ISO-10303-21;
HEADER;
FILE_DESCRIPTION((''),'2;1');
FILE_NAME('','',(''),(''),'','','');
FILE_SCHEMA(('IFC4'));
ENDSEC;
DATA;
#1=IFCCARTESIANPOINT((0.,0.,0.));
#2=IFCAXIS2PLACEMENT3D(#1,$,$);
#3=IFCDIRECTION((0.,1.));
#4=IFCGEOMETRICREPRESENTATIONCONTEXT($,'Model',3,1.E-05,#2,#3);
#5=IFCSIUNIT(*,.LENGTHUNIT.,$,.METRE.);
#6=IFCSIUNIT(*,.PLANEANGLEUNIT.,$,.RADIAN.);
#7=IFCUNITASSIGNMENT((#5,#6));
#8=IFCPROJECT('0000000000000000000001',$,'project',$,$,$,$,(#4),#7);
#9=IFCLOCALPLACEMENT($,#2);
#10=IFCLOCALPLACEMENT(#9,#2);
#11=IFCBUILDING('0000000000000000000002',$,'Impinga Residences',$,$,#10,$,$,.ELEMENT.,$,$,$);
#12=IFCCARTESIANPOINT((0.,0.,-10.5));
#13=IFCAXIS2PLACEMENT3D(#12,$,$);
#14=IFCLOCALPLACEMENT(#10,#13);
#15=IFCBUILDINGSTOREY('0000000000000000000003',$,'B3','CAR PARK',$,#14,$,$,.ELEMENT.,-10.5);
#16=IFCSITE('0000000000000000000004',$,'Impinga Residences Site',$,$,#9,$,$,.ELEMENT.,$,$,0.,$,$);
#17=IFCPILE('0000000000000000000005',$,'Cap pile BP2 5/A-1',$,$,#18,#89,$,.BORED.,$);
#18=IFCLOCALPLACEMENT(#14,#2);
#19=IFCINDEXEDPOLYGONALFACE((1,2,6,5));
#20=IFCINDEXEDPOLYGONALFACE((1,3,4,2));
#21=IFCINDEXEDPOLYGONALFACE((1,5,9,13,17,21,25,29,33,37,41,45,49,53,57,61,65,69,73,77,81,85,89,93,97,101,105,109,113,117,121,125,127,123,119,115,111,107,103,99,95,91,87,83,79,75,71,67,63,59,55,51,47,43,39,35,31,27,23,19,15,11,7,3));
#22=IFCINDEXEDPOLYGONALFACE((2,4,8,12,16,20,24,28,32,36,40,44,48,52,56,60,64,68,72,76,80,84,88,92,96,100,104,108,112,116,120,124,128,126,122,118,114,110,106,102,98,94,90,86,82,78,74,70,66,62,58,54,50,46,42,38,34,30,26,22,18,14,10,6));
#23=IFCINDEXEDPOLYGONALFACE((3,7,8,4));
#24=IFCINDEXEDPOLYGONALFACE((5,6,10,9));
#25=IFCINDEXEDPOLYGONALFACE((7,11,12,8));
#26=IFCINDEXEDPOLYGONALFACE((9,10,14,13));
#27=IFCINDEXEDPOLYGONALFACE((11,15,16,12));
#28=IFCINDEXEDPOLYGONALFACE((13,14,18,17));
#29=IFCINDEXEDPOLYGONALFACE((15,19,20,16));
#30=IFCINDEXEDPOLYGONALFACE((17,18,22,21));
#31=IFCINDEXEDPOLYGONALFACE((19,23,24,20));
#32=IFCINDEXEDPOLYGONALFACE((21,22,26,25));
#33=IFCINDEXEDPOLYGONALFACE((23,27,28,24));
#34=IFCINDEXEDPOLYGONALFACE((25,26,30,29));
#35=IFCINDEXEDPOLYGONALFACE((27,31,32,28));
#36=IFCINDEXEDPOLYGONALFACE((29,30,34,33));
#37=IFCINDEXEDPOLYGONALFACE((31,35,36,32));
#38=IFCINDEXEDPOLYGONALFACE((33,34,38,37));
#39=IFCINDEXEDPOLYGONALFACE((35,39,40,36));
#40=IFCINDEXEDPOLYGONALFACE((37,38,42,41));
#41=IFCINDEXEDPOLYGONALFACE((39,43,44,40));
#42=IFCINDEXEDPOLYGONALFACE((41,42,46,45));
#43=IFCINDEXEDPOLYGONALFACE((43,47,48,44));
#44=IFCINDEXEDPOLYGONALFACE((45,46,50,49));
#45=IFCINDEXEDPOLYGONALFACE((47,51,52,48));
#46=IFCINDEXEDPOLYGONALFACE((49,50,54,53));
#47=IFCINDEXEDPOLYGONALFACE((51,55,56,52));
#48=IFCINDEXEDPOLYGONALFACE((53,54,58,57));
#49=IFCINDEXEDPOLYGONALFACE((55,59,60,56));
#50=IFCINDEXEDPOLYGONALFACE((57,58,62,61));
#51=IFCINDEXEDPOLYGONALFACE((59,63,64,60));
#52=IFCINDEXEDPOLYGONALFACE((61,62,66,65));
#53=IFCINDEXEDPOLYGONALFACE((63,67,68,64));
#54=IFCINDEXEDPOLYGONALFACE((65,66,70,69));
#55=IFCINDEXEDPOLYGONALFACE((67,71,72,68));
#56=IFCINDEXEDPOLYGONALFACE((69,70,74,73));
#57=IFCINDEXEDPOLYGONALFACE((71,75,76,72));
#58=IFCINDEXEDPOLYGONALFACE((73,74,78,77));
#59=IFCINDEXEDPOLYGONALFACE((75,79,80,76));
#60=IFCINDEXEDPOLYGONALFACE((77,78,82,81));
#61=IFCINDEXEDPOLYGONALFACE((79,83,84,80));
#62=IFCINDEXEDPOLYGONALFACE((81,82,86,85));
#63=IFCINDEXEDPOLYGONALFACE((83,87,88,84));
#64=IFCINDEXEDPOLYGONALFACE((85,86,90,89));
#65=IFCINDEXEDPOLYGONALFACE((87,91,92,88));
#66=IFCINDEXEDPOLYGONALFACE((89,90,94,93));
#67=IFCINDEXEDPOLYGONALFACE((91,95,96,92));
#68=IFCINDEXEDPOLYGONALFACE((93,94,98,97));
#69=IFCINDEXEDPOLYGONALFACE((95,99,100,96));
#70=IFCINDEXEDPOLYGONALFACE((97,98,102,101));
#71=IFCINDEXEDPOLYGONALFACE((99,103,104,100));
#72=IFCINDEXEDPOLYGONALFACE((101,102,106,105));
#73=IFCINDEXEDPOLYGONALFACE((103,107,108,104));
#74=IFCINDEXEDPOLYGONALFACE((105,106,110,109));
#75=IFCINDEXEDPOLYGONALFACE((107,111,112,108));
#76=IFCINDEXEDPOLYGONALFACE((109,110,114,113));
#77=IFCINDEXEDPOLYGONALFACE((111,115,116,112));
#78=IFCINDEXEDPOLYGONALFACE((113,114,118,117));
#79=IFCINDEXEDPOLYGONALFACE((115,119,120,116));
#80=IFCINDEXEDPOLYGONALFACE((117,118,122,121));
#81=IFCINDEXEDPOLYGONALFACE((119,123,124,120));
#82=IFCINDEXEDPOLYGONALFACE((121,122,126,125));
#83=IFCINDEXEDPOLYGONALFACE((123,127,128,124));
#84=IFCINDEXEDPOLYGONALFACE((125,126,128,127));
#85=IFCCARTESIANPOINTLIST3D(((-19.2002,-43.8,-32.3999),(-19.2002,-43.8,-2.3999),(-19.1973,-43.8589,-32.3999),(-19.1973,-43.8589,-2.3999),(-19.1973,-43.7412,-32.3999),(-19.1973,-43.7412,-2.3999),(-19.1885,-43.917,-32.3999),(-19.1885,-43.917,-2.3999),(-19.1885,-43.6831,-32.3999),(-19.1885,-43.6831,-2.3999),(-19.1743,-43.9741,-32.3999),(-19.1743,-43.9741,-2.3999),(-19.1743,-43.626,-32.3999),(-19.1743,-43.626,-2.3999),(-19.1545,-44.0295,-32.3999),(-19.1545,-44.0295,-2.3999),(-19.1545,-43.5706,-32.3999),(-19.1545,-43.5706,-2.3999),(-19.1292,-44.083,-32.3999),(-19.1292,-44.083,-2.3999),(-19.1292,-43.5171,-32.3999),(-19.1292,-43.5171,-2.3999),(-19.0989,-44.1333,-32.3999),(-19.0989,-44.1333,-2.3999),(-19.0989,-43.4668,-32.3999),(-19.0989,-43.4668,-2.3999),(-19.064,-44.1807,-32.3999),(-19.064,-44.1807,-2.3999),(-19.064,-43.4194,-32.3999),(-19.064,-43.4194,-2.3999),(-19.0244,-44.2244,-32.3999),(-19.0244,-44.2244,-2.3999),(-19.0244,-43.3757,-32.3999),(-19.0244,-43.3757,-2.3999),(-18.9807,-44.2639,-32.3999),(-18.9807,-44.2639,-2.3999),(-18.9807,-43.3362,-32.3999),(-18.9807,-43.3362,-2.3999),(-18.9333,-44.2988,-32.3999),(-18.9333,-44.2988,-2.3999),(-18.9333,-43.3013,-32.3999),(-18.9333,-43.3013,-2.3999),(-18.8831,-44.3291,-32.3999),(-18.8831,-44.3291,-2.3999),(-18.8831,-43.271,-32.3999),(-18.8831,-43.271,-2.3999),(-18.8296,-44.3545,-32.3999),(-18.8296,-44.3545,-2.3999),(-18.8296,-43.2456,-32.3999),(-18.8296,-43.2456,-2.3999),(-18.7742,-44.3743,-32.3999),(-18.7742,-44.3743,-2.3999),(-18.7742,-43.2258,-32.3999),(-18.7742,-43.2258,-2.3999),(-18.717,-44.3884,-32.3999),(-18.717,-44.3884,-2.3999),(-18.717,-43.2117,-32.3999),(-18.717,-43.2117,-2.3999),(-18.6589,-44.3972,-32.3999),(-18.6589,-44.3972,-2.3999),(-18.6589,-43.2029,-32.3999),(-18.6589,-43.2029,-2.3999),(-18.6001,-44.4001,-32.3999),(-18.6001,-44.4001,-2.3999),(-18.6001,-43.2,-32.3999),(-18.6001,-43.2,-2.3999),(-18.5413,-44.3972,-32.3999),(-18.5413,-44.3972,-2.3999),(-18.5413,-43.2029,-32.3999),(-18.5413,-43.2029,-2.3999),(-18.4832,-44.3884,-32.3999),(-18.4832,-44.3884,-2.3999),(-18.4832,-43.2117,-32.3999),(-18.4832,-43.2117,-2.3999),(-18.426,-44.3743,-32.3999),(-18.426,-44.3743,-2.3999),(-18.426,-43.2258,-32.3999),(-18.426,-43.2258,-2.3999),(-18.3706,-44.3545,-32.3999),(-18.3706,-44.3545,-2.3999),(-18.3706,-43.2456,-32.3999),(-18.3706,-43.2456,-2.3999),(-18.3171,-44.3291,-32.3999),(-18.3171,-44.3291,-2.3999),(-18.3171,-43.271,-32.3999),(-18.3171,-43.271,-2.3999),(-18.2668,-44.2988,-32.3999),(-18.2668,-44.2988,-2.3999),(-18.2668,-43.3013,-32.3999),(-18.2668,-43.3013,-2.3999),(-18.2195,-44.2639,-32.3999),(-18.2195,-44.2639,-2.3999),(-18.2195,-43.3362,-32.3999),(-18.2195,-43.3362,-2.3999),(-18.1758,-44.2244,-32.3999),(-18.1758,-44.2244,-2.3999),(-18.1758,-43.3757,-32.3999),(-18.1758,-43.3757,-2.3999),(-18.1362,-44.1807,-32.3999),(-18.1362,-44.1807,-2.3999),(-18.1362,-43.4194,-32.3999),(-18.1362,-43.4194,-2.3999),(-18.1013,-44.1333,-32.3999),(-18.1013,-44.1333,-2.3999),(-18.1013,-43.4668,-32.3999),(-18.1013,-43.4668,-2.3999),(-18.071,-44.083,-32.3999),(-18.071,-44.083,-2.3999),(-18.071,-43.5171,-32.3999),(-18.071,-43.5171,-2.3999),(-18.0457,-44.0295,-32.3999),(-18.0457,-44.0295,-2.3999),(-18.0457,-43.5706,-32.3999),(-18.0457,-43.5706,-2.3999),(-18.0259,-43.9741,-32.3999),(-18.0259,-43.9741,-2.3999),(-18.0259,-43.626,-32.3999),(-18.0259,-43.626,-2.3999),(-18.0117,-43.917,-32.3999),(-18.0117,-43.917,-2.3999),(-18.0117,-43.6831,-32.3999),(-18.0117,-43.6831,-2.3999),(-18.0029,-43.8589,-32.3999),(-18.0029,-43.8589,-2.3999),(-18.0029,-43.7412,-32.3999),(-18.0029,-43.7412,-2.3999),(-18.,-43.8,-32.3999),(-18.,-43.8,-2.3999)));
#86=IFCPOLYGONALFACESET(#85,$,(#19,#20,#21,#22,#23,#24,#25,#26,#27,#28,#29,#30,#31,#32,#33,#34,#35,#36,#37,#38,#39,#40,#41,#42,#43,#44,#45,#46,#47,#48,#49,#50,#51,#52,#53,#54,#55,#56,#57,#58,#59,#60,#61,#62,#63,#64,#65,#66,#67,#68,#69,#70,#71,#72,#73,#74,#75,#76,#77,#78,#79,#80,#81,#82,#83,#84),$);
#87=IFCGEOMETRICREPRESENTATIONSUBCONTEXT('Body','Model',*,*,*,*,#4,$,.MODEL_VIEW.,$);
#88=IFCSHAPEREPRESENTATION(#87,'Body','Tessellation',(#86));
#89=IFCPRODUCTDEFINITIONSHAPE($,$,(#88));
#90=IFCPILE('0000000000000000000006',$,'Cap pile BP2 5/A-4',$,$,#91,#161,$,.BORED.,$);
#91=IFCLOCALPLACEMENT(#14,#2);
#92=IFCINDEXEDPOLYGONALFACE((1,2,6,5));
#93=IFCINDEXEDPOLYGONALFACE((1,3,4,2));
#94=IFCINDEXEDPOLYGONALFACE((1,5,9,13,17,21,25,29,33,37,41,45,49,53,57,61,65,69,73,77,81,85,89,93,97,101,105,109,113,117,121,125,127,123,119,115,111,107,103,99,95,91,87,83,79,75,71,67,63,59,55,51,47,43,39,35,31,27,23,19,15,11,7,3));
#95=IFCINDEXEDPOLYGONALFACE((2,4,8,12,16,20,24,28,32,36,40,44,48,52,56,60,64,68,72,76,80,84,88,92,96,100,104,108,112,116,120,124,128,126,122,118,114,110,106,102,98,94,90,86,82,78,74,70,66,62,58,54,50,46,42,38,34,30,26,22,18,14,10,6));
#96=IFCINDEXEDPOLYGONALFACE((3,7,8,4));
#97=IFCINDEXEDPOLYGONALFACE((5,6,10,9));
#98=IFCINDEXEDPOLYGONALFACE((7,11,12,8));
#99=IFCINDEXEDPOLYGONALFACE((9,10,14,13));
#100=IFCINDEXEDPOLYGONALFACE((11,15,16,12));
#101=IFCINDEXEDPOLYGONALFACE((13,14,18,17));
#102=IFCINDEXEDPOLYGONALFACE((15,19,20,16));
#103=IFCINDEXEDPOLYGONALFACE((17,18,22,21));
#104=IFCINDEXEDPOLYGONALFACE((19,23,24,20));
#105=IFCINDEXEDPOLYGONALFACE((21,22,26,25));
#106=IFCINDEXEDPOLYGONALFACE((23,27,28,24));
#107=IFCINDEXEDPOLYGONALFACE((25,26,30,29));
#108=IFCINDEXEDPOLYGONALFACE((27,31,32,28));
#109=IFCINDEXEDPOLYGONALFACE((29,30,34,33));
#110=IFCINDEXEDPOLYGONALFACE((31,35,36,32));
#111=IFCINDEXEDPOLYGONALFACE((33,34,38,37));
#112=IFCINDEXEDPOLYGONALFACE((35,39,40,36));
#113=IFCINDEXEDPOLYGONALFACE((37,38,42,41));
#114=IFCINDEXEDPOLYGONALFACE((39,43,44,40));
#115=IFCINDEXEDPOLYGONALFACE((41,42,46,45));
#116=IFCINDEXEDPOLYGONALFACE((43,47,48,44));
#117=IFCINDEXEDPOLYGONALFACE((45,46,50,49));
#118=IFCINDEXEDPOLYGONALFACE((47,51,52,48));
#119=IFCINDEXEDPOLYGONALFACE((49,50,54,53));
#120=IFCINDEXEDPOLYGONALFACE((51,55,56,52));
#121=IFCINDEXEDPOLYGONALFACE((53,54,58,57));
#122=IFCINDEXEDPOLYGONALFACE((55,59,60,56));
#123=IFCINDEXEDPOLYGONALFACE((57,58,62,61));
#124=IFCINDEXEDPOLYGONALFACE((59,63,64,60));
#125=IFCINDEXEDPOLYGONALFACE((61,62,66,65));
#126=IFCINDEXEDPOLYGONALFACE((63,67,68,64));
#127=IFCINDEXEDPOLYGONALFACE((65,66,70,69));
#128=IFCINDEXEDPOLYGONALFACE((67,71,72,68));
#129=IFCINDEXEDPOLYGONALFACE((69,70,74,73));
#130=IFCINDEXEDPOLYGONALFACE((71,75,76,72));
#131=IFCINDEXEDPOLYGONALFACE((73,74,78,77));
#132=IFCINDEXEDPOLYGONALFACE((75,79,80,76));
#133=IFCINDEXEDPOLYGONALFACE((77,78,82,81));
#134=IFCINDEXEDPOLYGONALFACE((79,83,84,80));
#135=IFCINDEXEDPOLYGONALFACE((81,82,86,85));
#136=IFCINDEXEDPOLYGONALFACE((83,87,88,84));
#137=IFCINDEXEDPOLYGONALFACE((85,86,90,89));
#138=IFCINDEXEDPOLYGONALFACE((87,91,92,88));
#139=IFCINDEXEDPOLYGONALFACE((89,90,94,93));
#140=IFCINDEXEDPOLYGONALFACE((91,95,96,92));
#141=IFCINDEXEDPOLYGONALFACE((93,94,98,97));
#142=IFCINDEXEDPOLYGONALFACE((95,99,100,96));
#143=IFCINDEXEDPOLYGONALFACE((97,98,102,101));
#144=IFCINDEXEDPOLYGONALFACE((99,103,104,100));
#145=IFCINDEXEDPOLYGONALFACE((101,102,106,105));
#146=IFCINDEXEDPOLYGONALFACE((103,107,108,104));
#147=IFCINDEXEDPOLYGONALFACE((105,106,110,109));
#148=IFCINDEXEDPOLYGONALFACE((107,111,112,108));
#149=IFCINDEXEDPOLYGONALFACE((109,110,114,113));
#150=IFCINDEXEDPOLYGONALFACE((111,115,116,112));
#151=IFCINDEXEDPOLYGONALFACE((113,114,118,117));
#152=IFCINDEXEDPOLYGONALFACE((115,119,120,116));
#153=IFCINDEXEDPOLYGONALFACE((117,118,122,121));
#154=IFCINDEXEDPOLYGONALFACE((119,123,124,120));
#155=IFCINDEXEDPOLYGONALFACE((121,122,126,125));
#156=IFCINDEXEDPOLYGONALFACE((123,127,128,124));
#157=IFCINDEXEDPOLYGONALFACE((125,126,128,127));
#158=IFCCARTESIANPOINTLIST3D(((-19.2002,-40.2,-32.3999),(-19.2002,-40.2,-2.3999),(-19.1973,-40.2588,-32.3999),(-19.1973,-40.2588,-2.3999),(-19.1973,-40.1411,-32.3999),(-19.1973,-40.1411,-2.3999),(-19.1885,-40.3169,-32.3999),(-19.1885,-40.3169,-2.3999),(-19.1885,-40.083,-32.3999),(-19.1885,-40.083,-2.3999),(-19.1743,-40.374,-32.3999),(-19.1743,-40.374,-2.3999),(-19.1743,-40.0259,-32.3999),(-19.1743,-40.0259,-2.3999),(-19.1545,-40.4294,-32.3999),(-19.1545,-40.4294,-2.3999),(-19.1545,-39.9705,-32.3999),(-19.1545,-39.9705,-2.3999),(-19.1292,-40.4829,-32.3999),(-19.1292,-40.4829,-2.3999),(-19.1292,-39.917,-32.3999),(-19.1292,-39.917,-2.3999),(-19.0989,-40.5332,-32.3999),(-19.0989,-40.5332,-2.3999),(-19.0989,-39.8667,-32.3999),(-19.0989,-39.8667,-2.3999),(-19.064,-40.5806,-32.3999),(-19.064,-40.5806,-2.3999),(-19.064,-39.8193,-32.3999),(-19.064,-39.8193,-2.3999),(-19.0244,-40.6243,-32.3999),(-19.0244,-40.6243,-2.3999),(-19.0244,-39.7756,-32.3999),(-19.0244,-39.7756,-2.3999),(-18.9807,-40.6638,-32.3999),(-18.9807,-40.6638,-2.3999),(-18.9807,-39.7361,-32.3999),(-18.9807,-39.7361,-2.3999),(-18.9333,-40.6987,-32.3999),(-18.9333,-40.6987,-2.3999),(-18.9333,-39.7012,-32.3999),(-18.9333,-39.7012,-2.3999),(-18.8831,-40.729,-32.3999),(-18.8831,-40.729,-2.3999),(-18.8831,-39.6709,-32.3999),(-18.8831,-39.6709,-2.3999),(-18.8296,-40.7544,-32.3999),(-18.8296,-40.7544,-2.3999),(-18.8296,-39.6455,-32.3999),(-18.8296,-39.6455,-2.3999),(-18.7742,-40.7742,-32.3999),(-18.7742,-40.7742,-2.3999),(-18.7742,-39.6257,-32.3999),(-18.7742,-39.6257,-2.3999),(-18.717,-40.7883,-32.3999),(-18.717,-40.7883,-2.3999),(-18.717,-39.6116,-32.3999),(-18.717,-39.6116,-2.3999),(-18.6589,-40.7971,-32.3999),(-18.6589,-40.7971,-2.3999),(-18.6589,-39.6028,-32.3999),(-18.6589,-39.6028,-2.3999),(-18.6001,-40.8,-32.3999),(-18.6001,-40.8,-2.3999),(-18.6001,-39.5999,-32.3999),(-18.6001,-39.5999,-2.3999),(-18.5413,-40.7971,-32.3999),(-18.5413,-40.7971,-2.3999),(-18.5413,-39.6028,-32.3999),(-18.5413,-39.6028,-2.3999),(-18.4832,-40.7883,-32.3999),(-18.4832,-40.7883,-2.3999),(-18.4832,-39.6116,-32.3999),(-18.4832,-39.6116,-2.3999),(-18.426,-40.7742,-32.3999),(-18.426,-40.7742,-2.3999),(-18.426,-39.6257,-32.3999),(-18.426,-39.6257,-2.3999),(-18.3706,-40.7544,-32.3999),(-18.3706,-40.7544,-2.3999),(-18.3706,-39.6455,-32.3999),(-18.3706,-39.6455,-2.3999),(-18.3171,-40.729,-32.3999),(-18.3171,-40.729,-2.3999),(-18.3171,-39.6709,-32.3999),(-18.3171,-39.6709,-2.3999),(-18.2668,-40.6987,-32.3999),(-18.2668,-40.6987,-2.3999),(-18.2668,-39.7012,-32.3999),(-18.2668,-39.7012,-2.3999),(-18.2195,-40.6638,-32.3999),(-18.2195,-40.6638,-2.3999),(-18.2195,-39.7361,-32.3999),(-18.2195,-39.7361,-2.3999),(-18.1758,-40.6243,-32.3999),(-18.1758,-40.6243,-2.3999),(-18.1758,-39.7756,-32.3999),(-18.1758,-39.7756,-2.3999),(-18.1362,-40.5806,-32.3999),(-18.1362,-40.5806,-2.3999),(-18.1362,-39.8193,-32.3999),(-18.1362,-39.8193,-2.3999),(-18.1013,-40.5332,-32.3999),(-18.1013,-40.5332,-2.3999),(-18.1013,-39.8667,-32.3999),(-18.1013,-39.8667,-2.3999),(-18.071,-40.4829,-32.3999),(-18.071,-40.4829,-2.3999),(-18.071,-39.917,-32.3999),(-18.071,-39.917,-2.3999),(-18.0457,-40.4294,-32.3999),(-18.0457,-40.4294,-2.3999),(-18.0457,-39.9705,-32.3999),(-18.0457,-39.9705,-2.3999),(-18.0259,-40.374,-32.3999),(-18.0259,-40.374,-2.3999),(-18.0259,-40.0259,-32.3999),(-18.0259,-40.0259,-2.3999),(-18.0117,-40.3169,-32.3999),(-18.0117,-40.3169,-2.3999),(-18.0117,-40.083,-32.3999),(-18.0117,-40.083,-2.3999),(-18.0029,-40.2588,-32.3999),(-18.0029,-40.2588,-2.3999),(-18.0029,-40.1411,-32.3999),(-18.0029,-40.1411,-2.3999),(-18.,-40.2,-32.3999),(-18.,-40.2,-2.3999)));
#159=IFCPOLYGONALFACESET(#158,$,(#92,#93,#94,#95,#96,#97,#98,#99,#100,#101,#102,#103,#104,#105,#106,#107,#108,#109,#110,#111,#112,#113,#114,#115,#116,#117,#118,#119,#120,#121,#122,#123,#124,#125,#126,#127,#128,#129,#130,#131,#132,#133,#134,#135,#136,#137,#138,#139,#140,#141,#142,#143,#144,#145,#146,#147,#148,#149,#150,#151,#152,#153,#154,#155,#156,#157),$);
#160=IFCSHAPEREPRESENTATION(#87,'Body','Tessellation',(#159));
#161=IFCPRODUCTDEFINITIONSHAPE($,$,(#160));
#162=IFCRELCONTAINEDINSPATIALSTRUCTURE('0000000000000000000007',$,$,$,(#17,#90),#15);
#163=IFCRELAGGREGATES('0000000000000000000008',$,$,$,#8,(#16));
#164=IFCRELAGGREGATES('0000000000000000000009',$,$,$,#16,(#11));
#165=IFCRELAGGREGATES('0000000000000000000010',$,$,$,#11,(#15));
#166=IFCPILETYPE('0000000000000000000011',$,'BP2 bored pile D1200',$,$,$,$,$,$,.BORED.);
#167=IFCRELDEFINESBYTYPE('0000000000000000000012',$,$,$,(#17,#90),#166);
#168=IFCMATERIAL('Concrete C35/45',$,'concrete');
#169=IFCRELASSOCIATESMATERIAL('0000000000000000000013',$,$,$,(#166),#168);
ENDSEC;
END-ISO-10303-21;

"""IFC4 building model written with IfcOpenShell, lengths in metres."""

from ifc_helpers import new_model, si_unit, direction, frame, origin, origin_2d, place, context, subcontext, project, spatial, polyline, circle, outline, extrude, material, material_profile, profile_set, type_object, element, save


model = new_model("IFC4")

# Units and contexts
model_context = context("Model", 3, precision=1e-05, world=origin(), true_north=direction((0.0, 1.0)))
body_context = subcontext(model_context, "Body", "Model", "MODEL_VIEW")
ifc_project = project(units=[si_unit("LENGTHUNIT", "METRE"), si_unit("PLANEANGLEUNIT", "RADIAN")], contexts=[model_context])

# Site, building, storey
site_placement = place(None, origin())
site = spatial("IfcSite", under=ifc_project, at=site_placement, Name="Impinga Residences Site", CompositionType="ELEMENT", RefElevation=0.0)
building_placement = place(site_placement, origin())
building = spatial("IfcBuilding", under=site, at=building_placement, Name="Impinga Residences", CompositionType="ELEMENT")
storey_placement = place(building_placement, frame((0.0, 0.0, -10.5)))
storey = spatial("IfcBuildingStorey", under=building, at=storey_placement, Name="B3", Description="CAR PARK", CompositionType="ELEMENT", Elevation=-10.5)

# Piles
ifc_material_1 = material(Name="Concrete C35/45", Category="concrete")
ifc_material_profile_1 = material_profile(ifc_material_1, circle(Radius=0.6001, at=origin_2d()), Name="D1200")
ifc_profile_set_1 = profile_set([ifc_material_profile_1], Name="Concrete C35/45")
pile_type_1 = type_object("IfcPileType", Name="BP2 bored pile D1200", PredefinedType="BORED", material=ifc_profile_set_1)
pile_1_placement = place(storey_placement, frame((-18.6001, -43.8, -2.3999), z_axis=(0.0, 0.0, -1.0), x_axis=(1.0, 0.0, 0.0)))
element("IfcPile", 1, at=pile_1_placement, inside=storey, type_object=pile_type_1, Name="Cap pile BP2 5/A-1", PredefinedType="BORED", context=body_context, shape_type="SweptSolid", body=[
    extrude(outline(polyline([(0.6001, 0.0), (0.5972, 0.0588), (0.5884, 0.1169), (0.5742, 0.1741), (0.5544, 0.2295), (0.5291, 0.283), (0.4988, 0.3333), (0.4639, 0.3806), (0.4243, 0.4243), (0.3806, 0.4639), (0.3333, 0.4988), (0.283, 0.5291), (0.2295, 0.5544), (0.1741, 0.5742), (0.1169, 0.5884), (0.0588, 0.5972), (0.0, 0.6001), (-0.0588, 0.5972), (-0.1169, 0.5884), (-0.1741, 0.5742), (-0.2295, 0.5544), (-0.283, 0.5291), (-0.3333, 0.4988), (-0.3806, 0.4639), (-0.4243, 0.4243), (-0.4639, 0.3806), (-0.4988, 0.3333), (-0.5291, 0.283), (-0.5544, 0.2295), (-0.5742, 0.1741), (-0.5884, 0.1169), (-0.5972, 0.0588), (-0.6001, 0.0), (-0.5972, -0.0588), (-0.5884, -0.1169), (-0.5742, -0.1741), (-0.5544, -0.2295), (-0.5291, -0.283), (-0.4988, -0.3333), (-0.4639, -0.3806), (-0.4243, -0.4243), (-0.3806, -0.4639), (-0.3333, -0.4988), (-0.283, -0.5291), (-0.2295, -0.5544), (-0.1741, -0.5742), (-0.1169, -0.5884), (-0.0588, -0.5972), (0.0, -0.6001), (0.0588, -0.5972), (0.1169, -0.5884), (0.1741, -0.5742), (0.2295, -0.5544), (0.283, -0.5291), (0.3333, -0.4988), (0.3806, -0.4639), (0.4243, -0.4243), (0.4639, -0.3806), (0.4988, -0.3333), (0.5291, -0.283), (0.5544, -0.2295), (0.5742, -0.1741), (0.5884, -0.1169), (0.5972, -0.0588), (0.6001, 0.0)])), origin(), (0.0, 0.0, 1.0), 30.0),
])
pile_2_placement = place(storey_placement, frame((-18.6001, -40.2, -2.3999), z_axis=(0.0, 0.0, -1.0), x_axis=(1.0, 0.0, 0.0)))
element("IfcPile", 2, at=pile_2_placement, inside=storey, type_object=pile_type_1, Name="Cap pile BP2 5/A-4", PredefinedType="BORED", context=body_context, shape_type="SweptSolid", body=[
    extrude(outline(polyline([(0.6001, 0.0), (0.5972, 0.0588), (0.5884, 0.1169), (0.5742, 0.1741), (0.5544, 0.2295), (0.5291, 0.283), (0.4988, 0.3333), (0.4639, 0.3806), (0.4243, 0.4243), (0.3806, 0.4639), (0.3333, 0.4988), (0.283, 0.5291), (0.2295, 0.5544), (0.1741, 0.5742), (0.1169, 0.5884), (0.0588, 0.5972), (0.0, 0.6001), (-0.0588, 0.5972), (-0.1169, 0.5884), (-0.1741, 0.5742), (-0.2295, 0.5544), (-0.283, 0.5291), (-0.3333, 0.4988), (-0.3806, 0.4639), (-0.4243, 0.4243), (-0.4639, 0.3806), (-0.4988, 0.3333), (-0.5291, 0.283), (-0.5544, 0.2295), (-0.5742, 0.1741), (-0.5884, 0.1169), (-0.5972, 0.0588), (-0.6001, 0.0), (-0.5972, -0.0588), (-0.5884, -0.1169), (-0.5742, -0.1741), (-0.5544, -0.2295), (-0.5291, -0.283), (-0.4988, -0.3333), (-0.4639, -0.3806), (-0.4243, -0.4243), (-0.3806, -0.4639), (-0.3333, -0.4988), (-0.283, -0.5291), (-0.2295, -0.5544), (-0.1741, -0.5742), (-0.1169, -0.5884), (-0.0588, -0.5972), (0.0, -0.6001), (0.0588, -0.5972), (0.1169, -0.5884), (0.1741, -0.5742), (0.2295, -0.5544), (0.283, -0.5291), (0.3333, -0.4988), (0.3806, -0.4639), (0.4243, -0.4243), (0.4639, -0.3806), (0.4988, -0.3333), (0.5291, -0.283), (0.5544, -0.2295), (0.5742, -0.1741), (0.5884, -0.1169), (0.5972, -0.0588), (0.6001, 0.0)])), origin(), (0.0, 0.0, 1.0), 30.0),
])

save(model, "model.ifc")
